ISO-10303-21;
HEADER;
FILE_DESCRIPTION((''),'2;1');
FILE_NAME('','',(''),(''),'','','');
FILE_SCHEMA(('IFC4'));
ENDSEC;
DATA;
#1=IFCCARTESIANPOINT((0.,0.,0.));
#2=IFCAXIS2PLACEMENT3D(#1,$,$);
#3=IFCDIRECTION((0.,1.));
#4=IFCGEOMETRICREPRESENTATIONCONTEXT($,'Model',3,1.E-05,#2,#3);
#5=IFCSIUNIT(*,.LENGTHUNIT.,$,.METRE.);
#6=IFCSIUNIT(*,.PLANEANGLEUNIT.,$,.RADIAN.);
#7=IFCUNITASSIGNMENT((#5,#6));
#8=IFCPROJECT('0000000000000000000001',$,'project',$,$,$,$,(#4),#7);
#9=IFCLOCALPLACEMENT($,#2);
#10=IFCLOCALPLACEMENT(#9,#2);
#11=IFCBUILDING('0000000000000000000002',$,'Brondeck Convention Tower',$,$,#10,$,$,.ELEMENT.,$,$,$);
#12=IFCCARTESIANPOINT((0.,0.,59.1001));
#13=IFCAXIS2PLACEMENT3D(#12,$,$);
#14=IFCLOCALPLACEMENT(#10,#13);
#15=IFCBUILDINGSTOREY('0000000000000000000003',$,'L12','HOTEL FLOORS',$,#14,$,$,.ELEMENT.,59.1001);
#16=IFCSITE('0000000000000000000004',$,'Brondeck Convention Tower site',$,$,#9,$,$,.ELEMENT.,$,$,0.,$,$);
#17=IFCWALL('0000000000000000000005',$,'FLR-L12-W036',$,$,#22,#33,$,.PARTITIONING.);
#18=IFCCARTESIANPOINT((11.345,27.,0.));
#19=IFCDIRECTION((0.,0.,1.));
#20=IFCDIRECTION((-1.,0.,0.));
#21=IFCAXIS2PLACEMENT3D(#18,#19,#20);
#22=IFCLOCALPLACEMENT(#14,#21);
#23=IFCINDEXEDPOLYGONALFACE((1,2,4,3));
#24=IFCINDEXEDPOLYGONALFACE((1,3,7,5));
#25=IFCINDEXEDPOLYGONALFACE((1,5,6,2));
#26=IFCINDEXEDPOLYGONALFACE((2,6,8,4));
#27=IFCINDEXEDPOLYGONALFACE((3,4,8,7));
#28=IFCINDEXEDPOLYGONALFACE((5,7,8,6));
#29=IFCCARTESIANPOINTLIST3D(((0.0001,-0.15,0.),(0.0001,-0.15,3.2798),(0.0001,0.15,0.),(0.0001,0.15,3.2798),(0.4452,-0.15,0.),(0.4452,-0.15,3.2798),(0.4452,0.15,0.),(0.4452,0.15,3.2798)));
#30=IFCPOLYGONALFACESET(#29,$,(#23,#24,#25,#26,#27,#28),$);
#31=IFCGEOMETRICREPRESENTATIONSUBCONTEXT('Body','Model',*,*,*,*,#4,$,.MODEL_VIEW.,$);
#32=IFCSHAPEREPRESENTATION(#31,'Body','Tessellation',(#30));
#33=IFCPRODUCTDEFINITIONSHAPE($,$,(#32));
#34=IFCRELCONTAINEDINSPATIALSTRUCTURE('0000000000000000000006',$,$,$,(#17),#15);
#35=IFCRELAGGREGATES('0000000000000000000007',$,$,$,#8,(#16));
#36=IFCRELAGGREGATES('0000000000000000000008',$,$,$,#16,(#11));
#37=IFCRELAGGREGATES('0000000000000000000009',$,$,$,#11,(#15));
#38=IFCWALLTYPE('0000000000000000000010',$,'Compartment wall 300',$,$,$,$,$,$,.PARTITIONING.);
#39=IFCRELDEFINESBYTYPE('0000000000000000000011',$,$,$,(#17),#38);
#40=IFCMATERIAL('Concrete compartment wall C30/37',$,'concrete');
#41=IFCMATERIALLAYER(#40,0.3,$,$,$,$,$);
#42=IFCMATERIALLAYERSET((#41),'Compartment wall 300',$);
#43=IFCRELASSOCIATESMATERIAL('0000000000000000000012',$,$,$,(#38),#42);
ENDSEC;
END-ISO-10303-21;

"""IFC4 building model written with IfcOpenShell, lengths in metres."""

from ifc_helpers import new_model, si_unit, direction, frame, frame_2d, origin, place, context, subcontext, project, spatial, rectangle, extrude, material, layer, layer_set, type_object, element, save


model = new_model("IFC4")

# Units and contexts
model_context = context("Model", 3, precision=1e-05, world=origin(), true_north=direction((0.0, 1.0)))
body_context = subcontext(model_context, "Body", "Model", "MODEL_VIEW")
ifc_project = project(units=[si_unit("LENGTHUNIT", "METRE"), si_unit("PLANEANGLEUNIT", "RADIAN")], contexts=[model_context])

# Site, building, storey
site_placement = place(None, origin())
site = spatial("IfcSite", under=ifc_project, at=site_placement, Name="Brondeck Convention Tower site", CompositionType="ELEMENT", RefElevation=0.0)
building_placement = place(site_placement, origin())
building = spatial("IfcBuilding", under=site, at=building_placement, Name="Brondeck Convention Tower", CompositionType="ELEMENT")
storey_placement = place(building_placement, frame((0.0, 0.0, 59.1001)))
storey = spatial("IfcBuildingStorey", under=building, at=storey_placement, Name="L12", Description="HOTEL FLOORS", CompositionType="ELEMENT", Elevation=59.1001)

# Wall
ifc_material_1 = material(Name="Concrete compartment wall C30/37", Category="concrete")
ifc_layer_1 = layer(ifc_material_1, 0.3)
ifc_layer_set_1 = layer_set([ifc_layer_1], Name="Compartment wall 300")
wall_type_1 = type_object("IfcWallType", Name="Compartment wall 300", PredefinedType="PARTITIONING", material=ifc_layer_set_1)
wall_1_placement = place(storey_placement, frame((11.345, 27.0, 0.0), z_axis=(0.0, 0.0, 1.0), x_axis=(-1.0, 0.0, 0.0)))
element("IfcWall", 1, at=wall_1_placement, inside=storey, type_object=wall_type_1, Name="FLR-L12-W036", PredefinedType="PARTITIONING", context=body_context, shape_type="SweptSolid", body=[
    extrude(rectangle(XDim=0.4451, YDim=0.3, at=frame_2d((0.2227, 0.0))), origin(), (0.0, 0.0, 1.0), 3.2798),
])

save(model, "model.ifc")
